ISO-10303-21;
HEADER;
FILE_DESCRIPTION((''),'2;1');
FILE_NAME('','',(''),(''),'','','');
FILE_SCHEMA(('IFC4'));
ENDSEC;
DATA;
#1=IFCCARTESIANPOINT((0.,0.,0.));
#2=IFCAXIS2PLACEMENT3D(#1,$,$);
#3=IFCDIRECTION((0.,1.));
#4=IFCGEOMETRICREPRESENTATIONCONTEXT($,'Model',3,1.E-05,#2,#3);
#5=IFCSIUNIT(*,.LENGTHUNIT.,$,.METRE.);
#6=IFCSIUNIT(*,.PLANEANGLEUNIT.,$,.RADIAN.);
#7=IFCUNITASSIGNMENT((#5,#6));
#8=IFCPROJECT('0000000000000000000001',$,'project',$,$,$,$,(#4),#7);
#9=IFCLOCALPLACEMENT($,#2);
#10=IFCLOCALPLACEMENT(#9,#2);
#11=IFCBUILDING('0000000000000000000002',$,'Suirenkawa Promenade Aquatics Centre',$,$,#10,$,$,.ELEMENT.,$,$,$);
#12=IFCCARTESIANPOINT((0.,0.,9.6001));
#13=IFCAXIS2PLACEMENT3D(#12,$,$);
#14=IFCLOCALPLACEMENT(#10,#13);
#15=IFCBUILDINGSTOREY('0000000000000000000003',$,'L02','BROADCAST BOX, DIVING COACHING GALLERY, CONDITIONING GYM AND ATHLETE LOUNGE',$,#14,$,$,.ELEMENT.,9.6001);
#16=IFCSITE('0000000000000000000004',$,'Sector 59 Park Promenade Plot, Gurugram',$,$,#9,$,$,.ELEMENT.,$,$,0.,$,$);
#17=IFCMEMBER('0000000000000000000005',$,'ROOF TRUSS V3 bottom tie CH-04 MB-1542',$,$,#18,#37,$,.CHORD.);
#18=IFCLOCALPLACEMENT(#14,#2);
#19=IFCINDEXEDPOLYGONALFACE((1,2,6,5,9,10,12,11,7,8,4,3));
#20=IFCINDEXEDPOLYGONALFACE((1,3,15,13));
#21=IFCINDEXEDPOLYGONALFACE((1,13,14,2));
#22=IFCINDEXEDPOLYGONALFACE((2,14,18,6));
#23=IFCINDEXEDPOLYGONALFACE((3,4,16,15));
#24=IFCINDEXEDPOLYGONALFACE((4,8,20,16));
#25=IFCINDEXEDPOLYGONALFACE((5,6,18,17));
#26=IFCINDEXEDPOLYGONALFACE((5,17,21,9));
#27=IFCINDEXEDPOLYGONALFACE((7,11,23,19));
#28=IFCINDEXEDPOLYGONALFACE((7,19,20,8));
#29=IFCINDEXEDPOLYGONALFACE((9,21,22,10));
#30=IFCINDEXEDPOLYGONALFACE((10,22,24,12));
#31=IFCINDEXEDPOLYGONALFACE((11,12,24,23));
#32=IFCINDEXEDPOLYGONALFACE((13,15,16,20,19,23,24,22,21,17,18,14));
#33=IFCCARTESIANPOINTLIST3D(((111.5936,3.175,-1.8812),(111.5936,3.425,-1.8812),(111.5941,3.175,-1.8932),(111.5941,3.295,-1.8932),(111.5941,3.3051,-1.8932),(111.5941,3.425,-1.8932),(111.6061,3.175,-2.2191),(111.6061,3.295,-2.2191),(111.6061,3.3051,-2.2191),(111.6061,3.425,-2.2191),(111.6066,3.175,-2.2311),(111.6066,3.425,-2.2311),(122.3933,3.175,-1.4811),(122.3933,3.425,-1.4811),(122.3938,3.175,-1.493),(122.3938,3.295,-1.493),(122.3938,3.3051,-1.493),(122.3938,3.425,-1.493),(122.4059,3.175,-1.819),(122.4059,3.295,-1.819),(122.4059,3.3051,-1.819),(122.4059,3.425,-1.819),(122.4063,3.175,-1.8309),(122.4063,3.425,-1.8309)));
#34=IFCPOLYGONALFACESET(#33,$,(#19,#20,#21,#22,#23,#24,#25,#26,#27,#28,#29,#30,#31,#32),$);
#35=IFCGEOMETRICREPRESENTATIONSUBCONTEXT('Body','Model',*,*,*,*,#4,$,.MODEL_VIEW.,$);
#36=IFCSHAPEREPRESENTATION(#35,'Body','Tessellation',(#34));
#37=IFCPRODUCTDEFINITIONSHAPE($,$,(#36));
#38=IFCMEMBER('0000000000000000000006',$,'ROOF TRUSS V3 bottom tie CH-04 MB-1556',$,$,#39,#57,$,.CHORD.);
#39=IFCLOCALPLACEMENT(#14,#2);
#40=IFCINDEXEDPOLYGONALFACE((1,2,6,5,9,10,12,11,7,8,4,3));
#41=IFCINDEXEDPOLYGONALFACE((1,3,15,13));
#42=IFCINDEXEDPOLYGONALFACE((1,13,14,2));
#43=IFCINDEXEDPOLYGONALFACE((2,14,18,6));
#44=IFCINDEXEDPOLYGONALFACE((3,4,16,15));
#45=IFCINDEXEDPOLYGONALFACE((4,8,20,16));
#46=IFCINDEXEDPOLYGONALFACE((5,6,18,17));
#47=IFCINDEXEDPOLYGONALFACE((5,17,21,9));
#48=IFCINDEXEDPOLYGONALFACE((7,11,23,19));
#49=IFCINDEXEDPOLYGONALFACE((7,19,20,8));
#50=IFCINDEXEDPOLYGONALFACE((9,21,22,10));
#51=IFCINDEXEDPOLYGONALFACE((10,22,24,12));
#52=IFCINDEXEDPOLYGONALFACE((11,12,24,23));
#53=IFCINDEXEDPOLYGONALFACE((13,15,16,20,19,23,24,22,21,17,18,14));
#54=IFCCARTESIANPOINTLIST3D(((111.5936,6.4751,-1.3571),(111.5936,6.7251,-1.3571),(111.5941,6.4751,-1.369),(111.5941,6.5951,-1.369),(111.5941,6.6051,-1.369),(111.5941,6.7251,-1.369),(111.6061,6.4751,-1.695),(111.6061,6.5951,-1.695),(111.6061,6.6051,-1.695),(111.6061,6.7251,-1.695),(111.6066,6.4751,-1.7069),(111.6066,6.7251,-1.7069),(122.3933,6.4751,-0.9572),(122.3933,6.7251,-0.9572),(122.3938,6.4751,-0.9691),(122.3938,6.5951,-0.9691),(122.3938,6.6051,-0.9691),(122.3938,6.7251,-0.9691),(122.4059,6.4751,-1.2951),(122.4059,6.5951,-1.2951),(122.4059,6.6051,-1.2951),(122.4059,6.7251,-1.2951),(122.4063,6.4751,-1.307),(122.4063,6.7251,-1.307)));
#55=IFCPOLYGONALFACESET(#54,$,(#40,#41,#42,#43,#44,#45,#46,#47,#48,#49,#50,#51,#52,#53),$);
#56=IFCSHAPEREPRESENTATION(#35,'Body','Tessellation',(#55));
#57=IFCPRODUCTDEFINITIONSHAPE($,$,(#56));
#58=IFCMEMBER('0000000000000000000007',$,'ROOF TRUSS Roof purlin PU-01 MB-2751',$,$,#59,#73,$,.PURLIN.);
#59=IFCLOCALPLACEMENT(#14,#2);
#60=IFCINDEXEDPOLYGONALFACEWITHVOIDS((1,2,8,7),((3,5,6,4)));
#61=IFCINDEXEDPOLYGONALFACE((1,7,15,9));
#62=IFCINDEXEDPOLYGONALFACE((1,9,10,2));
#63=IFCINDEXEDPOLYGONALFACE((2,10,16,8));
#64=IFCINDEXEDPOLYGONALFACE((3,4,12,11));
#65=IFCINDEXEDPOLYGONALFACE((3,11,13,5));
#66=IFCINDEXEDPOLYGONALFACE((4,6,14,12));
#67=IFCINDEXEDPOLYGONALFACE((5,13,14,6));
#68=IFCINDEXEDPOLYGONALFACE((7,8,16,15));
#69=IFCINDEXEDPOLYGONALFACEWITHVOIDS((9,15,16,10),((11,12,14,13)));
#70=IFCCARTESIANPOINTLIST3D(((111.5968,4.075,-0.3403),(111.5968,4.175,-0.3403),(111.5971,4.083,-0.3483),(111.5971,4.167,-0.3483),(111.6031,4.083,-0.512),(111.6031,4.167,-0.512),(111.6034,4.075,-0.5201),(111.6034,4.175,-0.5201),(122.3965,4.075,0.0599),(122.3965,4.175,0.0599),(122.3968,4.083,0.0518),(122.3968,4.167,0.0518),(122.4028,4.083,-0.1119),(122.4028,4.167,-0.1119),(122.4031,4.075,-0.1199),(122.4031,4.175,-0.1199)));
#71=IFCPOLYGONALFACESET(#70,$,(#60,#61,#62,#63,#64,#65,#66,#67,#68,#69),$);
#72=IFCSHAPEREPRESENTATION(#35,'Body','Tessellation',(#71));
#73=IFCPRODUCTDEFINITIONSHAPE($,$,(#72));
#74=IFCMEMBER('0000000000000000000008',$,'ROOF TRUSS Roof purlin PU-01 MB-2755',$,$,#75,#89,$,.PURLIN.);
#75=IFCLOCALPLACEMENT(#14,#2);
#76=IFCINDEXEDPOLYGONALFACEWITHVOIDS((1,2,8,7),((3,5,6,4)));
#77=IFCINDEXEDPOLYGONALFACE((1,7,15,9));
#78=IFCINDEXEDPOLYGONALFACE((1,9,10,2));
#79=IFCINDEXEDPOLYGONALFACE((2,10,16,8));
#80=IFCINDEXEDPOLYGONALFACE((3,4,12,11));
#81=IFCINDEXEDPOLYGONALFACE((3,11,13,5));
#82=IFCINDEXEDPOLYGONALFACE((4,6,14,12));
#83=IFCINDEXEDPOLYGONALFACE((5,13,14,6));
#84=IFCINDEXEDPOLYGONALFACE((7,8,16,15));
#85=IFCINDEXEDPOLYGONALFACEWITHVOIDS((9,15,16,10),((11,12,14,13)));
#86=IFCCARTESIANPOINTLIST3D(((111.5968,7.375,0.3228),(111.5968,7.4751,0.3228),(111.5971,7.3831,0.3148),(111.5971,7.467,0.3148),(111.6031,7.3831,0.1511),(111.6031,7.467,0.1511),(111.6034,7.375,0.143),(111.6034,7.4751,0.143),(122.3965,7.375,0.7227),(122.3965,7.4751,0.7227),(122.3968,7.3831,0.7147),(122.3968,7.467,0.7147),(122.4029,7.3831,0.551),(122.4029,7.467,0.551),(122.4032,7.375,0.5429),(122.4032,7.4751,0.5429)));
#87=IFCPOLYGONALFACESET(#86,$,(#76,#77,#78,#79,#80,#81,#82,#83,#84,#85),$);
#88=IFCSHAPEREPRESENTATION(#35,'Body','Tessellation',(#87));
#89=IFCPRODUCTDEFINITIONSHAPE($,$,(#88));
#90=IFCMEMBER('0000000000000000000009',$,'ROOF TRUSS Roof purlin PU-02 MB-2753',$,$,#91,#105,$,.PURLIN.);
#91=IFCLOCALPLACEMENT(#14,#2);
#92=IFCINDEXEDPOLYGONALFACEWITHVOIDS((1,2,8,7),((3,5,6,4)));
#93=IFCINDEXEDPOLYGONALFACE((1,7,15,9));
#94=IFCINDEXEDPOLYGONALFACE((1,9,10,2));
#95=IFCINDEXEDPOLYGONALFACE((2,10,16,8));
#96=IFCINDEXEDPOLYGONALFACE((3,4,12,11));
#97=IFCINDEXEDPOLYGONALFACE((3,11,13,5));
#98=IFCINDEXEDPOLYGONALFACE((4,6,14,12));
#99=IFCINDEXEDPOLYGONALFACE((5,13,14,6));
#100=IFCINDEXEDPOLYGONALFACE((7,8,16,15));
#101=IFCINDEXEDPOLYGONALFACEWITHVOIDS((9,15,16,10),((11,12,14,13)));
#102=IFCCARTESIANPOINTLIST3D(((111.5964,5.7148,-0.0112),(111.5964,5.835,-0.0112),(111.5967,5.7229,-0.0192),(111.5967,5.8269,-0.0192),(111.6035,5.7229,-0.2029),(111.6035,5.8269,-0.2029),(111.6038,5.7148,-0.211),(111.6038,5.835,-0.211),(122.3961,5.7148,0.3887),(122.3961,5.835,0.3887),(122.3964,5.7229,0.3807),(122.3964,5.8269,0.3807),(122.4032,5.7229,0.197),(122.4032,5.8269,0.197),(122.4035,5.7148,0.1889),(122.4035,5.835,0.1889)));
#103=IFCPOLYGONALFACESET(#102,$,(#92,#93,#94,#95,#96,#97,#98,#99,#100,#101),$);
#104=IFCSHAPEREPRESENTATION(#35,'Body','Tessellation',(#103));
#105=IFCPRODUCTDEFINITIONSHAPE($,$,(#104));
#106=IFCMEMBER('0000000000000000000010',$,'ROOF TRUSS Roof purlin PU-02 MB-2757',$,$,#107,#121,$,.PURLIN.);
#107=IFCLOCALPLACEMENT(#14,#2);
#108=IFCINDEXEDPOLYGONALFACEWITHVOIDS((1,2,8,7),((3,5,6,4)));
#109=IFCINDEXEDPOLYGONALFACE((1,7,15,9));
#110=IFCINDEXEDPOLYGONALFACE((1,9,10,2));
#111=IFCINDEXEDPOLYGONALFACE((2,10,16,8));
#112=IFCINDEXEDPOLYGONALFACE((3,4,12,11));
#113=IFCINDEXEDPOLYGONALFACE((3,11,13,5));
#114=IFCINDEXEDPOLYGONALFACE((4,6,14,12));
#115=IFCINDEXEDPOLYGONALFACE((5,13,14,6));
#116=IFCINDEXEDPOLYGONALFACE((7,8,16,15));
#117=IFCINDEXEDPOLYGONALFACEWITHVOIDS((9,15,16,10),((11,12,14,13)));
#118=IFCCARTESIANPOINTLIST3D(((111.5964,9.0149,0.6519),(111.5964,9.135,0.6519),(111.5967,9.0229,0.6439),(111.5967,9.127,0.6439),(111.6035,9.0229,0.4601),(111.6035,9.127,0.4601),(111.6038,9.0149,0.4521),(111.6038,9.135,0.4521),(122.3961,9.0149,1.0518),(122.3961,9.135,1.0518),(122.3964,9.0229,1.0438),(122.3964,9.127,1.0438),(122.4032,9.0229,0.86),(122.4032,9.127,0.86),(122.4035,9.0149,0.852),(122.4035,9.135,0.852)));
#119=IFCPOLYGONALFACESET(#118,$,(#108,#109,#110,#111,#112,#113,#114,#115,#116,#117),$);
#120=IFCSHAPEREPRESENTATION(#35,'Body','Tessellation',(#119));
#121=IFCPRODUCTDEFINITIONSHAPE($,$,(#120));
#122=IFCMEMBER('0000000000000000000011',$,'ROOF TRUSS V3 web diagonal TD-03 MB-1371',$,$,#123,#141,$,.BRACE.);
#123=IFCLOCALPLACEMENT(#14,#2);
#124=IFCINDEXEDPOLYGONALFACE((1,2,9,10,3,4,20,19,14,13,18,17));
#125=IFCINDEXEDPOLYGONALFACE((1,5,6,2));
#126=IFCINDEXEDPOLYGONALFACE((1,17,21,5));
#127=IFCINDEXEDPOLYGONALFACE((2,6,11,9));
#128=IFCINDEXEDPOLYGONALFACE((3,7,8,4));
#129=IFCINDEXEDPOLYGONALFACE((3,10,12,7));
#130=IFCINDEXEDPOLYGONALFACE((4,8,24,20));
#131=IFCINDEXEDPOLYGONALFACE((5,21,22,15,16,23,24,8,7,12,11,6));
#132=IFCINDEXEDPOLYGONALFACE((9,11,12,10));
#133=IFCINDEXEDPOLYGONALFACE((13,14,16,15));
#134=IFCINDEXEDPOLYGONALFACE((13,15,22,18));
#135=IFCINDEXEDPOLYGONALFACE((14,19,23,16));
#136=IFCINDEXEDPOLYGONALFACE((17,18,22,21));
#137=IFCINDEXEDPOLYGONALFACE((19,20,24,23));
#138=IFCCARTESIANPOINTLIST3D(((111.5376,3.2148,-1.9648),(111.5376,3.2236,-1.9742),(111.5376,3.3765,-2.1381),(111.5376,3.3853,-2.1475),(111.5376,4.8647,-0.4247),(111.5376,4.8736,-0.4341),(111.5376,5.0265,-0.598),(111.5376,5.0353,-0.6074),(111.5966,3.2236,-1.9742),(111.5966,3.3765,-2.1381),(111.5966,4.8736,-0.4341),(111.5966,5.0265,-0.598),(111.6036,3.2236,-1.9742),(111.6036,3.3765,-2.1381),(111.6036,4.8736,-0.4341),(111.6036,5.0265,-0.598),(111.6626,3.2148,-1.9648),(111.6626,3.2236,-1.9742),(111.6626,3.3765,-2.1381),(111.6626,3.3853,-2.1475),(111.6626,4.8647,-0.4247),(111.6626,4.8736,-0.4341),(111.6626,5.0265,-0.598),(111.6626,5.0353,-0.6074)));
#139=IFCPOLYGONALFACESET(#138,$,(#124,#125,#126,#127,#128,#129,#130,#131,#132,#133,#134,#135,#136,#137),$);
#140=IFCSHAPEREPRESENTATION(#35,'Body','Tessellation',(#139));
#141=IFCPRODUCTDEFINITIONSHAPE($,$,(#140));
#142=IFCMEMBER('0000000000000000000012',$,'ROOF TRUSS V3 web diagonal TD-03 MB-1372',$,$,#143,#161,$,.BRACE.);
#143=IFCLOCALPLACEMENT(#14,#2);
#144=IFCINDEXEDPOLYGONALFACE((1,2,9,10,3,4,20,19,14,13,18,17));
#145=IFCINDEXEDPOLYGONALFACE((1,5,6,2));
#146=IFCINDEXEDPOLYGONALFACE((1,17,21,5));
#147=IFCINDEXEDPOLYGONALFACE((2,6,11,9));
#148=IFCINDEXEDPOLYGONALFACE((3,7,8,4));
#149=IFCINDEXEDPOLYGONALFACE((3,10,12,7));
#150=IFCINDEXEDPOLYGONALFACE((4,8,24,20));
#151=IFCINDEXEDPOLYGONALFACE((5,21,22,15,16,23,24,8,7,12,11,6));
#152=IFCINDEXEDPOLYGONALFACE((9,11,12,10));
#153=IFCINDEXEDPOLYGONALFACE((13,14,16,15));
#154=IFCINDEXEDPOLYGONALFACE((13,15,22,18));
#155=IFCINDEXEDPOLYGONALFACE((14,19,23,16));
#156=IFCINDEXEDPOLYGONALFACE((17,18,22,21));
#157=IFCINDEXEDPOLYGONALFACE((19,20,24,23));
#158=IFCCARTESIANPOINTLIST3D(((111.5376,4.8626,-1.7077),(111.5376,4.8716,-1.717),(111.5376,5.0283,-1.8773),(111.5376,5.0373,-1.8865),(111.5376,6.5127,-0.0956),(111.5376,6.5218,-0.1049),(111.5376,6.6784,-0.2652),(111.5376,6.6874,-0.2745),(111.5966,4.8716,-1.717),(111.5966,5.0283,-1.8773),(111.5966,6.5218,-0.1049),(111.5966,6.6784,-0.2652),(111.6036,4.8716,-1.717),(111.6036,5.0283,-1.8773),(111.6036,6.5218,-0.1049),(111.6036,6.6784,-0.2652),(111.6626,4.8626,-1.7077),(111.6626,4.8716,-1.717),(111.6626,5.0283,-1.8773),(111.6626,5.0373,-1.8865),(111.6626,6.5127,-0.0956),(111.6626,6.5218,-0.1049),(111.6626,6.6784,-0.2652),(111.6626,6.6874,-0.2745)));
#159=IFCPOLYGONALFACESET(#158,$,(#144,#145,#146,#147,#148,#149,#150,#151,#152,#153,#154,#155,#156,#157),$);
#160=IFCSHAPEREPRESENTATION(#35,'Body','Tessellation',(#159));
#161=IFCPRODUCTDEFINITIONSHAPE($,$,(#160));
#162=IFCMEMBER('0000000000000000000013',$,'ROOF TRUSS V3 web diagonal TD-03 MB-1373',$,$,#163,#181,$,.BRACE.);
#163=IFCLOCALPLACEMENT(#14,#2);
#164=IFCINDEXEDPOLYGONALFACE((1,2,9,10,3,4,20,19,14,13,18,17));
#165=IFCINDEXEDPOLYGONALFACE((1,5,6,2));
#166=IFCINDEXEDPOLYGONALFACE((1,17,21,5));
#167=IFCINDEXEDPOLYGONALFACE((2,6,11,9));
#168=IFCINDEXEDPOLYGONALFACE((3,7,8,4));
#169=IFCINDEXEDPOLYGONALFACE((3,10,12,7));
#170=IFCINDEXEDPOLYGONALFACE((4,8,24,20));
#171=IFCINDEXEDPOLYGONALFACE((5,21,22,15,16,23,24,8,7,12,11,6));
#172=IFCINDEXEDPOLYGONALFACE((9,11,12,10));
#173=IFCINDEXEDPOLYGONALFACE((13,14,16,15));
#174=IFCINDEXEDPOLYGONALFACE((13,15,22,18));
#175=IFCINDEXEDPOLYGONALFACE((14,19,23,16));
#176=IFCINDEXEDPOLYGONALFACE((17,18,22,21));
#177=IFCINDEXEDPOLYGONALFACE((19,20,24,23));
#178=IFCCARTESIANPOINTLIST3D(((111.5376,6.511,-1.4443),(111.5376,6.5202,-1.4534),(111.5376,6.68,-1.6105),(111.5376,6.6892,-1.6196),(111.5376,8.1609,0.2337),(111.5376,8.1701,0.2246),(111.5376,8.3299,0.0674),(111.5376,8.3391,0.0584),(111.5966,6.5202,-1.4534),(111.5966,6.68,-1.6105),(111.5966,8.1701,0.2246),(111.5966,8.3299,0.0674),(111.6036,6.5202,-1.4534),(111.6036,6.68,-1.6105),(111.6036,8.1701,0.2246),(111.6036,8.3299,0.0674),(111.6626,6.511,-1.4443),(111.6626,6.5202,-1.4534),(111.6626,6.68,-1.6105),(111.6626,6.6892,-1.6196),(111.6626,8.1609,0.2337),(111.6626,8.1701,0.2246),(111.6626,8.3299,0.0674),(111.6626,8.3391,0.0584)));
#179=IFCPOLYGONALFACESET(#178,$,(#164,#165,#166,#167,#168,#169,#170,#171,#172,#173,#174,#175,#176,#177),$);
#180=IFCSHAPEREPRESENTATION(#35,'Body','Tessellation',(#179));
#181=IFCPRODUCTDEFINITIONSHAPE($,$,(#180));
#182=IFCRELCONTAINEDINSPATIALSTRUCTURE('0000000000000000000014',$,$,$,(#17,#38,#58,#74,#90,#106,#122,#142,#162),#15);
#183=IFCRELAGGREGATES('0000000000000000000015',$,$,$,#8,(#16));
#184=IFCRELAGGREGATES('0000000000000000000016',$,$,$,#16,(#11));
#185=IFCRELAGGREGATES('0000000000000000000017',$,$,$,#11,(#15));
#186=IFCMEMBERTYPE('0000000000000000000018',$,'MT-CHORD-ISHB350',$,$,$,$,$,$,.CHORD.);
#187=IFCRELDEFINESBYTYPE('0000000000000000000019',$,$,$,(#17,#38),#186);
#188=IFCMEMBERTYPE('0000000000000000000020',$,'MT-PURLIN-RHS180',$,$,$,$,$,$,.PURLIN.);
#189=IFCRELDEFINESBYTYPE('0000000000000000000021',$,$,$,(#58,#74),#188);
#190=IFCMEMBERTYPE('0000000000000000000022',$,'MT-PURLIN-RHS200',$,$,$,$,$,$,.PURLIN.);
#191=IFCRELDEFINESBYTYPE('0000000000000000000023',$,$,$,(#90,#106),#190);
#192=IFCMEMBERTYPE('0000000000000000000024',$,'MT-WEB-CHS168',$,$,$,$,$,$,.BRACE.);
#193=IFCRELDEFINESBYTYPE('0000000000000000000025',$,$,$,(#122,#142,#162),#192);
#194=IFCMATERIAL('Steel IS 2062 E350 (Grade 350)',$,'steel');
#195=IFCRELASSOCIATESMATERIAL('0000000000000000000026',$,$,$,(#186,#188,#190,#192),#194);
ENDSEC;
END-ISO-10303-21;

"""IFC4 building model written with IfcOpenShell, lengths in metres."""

from ifc_helpers import new_model, si_unit, direction, frame, origin, origin_2d, place, context, subcontext, project, spatial, hollow_rectangle, i_section, extrude, material, material_profile, profile_set, type_object, element, save


model = new_model("IFC4")

# Units and contexts
model_context = context("Model", 3, precision=1e-05, world=origin(), true_north=direction((0.0, 1.0)))
body_context = subcontext(model_context, "Body", "Model", "MODEL_VIEW")
ifc_project = project(units=[si_unit("LENGTHUNIT", "METRE"), si_unit("PLANEANGLEUNIT", "RADIAN")], contexts=[model_context])

# Site, building, storey
site_placement = place(None, origin())
site = spatial("IfcSite", under=ifc_project, at=site_placement, Name="Sector 59 Park Promenade Plot, Gurugram", CompositionType="ELEMENT", RefElevation=0.0)
building_placement = place(site_placement, origin())
building = spatial("IfcBuilding", under=site, at=building_placement, Name="Suirenkawa Promenade Aquatics Centre", CompositionType="ELEMENT")
storey_placement = place(building_placement, frame((0.0, 0.0, 9.6001)))
storey = spatial("IfcBuildingStorey", under=building, at=storey_placement, Name="L02", Description="BROADCAST BOX, DIVING COACHING GALLERY, CONDITIONING GYM AND ATHLETE LOUNGE", CompositionType="ELEMENT", Elevation=9.6001)

# Shared definitions
ifc_material = material(Name="Steel IS 2062 E350 (Grade 350)", Category="steel")

# Members
ifc_material_profile_1 = material_profile(ifc_material, i_section(OverallWidth=0.25, OverallDepth=0.3501, WebThickness=0.01, FlangeThickness=0.012, at=origin_2d()), Name="ISHB 350", Category="steel")
ifc_profile_set_1 = profile_set([ifc_material_profile_1], Name="Steel IS 2062 E350 (Grade 350)")
member_type_1 = type_object("IfcMemberType", Name="MT-CHORD-ISHB350", PredefinedType="CHORD", material=ifc_profile_set_1)
for number, where, z_axis, x_axis, name in (
    (1, (111.6001, 3.3, -2.0562), (0.999314, 0.0, 0.037026), (0.0, 1.0, 0.0), "ROOF TRUSS V3 bottom tie CH-04 MB-1542"),
    (2, (111.6001, 6.6001, -1.532), (0.999315, 0.0, 0.037003), (0.0, 1.0, 0.0), "ROOF TRUSS V3 bottom tie CH-04 MB-1556"),
):
    element("IfcMember", number, at=place(storey_placement, frame(where, z_axis=z_axis, x_axis=x_axis)), inside=storey, type_object=member_type_1, Name=name, PredefinedType="CHORD", context=body_context, shape_type="SweptSolid", body=[
        extrude(i_section(OverallWidth=0.25, OverallDepth=0.3501, WebThickness=0.01, FlangeThickness=0.012, at=origin_2d()), origin(), (0.0, 0.0, 1.0), 10.8071),
    ])
ifc_material_profile_2 = material_profile(ifc_material, hollow_rectangle(XDim=0.1001, YDim=0.1799, WallThickness=0.0081, at=origin_2d()), Name="RHS 180x100x8", Category="steel")
ifc_profile_set_2 = profile_set([ifc_material_profile_2], Name="Steel IS 2062 E350 (Grade 350)")
member_type_2 = type_object("IfcMemberType", Name="MT-PURLIN-RHS180", PredefinedType="PURLIN", material=ifc_profile_set_2)
for number, where, z_axis, x_axis, name in (
    (3, (111.6001, 4.125, -0.4302), (0.999314, 0.0, 0.037026), (0.0, 1.0, 0.0), "ROOF TRUSS Roof purlin PU-01 MB-2751"),
    (4, (111.6001, 7.425, 0.2329), (0.999315, 0.0, 0.037003), (0.0, 1.0, 0.0), "ROOF TRUSS Roof purlin PU-01 MB-2755"),
):
    element("IfcMember", number, at=place(storey_placement, frame(where, z_axis=z_axis, x_axis=x_axis)), inside=storey, type_object=member_type_2, Name=name, PredefinedType="PURLIN", context=body_context, shape_type="SweptSolid", body=[
        extrude(hollow_rectangle(XDim=0.1001, YDim=0.1799, WallThickness=0.0081, at=origin_2d()), origin(), (0.0, 0.0, 1.0), 10.8071),
    ])
ifc_material_profile_3 = material_profile(ifc_material, hollow_rectangle(XDim=0.1201, YDim=0.2, WallThickness=0.0081, at=origin_2d()), Name="RHS 200x120x8", Category="steel")
ifc_profile_set_3 = profile_set([ifc_material_profile_3], Name="Steel IS 2062 E350 (Grade 350)")
member_type_3 = type_object("IfcMemberType", Name="MT-PURLIN-RHS200", PredefinedType="PURLIN", material=ifc_profile_set_3)
for number, where, z_axis, x_axis, name in (
    (5, (111.6001, 5.7749, -0.1111), (0.999315, 0.0, 0.037003), (0.0, 1.0, 0.0), "ROOF TRUSS Roof purlin PU-02 MB-2753"),
    (6, (111.6001, 9.075, 0.552), (0.999315, 0.0, 0.037003), (0.0, 1.0, 0.0), "ROOF TRUSS Roof purlin PU-02 MB-2757"),
):
    element("IfcMember", number, at=place(storey_placement, frame(where, z_axis=z_axis, x_axis=x_axis)), inside=storey, type_object=member_type_3, Name=name, PredefinedType="PURLIN", context=body_context, shape_type="SweptSolid", body=[
        extrude(hollow_rectangle(XDim=0.1201, YDim=0.2, WallThickness=0.0081, at=origin_2d()), origin(), (0.0, 0.0, 1.0), 10.8071),
    ])
ifc_material_profile_4 = material_profile(ifc_material, i_section(OverallWidth=0.125, OverallDepth=0.25, WebThickness=0.0071, FlangeThickness=0.0129, at=origin_2d()), Name="ISMB 250", Category="steel")
ifc_profile_set_4 = profile_set([ifc_material_profile_4], Name="Steel IS 2062 E350 (Grade 350)")
member_type_4 = type_object("IfcMemberType", Name="MT-WEB-CHS168", PredefinedType="BRACE", material=ifc_profile_set_4)
member_1_placement = place(storey_placement, frame((111.6001, 3.3, -2.0562), z_axis=(0.0, 0.731026, 0.682349), x_axis=(-1.0, 0.0, 0.0)))
element("IfcMember", 7, at=member_1_placement, inside=storey, type_object=member_type_4, Name="ROOF TRUSS V3 web diagonal TD-03 MB-1371", PredefinedType="BRACE", context=body_context, shape_type="SweptSolid", body=[
    extrude(i_section(OverallWidth=0.125, OverallDepth=0.25, WebThickness=0.0071, FlangeThickness=0.0129, at=origin_2d()), origin(), (0.0, 0.0, 1.0), 2.2571),
])
member_2_placement = place(storey_placement, frame((111.6001, 4.95, -1.7971), z_axis=(0.0, 0.715313, 0.698804), x_axis=(-1.0, 0.0, 0.0)))
element("IfcMember", 8, at=member_2_placement, inside=storey, type_object=member_type_4, Name="ROOF TRUSS V3 web diagonal TD-03 MB-1372", PredefinedType="BRACE", context=body_context, shape_type="SweptSolid", body=[
    extrude(i_section(OverallWidth=0.125, OverallDepth=0.25, WebThickness=0.0071, FlangeThickness=0.0129, at=origin_2d()), origin(), (0.0, 0.0, 1.0), 2.3069),
])
member_3_placement = place(storey_placement, frame((111.6001, 6.6001, -1.532), z_axis=(0.0, 0.701116, 0.713047), x_axis=(-1.0, 0.0, 0.0)))
element("IfcMember", 9, at=member_3_placement, inside=storey, type_object=member_type_4, Name="ROOF TRUSS V3 web diagonal TD-03 MB-1373", PredefinedType="BRACE", context=body_context, shape_type="SweptSolid", body=[
    extrude(i_section(OverallWidth=0.125, OverallDepth=0.25, WebThickness=0.0071, FlangeThickness=0.0129, at=origin_2d()), origin(), (0.0, 0.0, 1.0), 2.3533),
])

save(model, "model.ifc")
